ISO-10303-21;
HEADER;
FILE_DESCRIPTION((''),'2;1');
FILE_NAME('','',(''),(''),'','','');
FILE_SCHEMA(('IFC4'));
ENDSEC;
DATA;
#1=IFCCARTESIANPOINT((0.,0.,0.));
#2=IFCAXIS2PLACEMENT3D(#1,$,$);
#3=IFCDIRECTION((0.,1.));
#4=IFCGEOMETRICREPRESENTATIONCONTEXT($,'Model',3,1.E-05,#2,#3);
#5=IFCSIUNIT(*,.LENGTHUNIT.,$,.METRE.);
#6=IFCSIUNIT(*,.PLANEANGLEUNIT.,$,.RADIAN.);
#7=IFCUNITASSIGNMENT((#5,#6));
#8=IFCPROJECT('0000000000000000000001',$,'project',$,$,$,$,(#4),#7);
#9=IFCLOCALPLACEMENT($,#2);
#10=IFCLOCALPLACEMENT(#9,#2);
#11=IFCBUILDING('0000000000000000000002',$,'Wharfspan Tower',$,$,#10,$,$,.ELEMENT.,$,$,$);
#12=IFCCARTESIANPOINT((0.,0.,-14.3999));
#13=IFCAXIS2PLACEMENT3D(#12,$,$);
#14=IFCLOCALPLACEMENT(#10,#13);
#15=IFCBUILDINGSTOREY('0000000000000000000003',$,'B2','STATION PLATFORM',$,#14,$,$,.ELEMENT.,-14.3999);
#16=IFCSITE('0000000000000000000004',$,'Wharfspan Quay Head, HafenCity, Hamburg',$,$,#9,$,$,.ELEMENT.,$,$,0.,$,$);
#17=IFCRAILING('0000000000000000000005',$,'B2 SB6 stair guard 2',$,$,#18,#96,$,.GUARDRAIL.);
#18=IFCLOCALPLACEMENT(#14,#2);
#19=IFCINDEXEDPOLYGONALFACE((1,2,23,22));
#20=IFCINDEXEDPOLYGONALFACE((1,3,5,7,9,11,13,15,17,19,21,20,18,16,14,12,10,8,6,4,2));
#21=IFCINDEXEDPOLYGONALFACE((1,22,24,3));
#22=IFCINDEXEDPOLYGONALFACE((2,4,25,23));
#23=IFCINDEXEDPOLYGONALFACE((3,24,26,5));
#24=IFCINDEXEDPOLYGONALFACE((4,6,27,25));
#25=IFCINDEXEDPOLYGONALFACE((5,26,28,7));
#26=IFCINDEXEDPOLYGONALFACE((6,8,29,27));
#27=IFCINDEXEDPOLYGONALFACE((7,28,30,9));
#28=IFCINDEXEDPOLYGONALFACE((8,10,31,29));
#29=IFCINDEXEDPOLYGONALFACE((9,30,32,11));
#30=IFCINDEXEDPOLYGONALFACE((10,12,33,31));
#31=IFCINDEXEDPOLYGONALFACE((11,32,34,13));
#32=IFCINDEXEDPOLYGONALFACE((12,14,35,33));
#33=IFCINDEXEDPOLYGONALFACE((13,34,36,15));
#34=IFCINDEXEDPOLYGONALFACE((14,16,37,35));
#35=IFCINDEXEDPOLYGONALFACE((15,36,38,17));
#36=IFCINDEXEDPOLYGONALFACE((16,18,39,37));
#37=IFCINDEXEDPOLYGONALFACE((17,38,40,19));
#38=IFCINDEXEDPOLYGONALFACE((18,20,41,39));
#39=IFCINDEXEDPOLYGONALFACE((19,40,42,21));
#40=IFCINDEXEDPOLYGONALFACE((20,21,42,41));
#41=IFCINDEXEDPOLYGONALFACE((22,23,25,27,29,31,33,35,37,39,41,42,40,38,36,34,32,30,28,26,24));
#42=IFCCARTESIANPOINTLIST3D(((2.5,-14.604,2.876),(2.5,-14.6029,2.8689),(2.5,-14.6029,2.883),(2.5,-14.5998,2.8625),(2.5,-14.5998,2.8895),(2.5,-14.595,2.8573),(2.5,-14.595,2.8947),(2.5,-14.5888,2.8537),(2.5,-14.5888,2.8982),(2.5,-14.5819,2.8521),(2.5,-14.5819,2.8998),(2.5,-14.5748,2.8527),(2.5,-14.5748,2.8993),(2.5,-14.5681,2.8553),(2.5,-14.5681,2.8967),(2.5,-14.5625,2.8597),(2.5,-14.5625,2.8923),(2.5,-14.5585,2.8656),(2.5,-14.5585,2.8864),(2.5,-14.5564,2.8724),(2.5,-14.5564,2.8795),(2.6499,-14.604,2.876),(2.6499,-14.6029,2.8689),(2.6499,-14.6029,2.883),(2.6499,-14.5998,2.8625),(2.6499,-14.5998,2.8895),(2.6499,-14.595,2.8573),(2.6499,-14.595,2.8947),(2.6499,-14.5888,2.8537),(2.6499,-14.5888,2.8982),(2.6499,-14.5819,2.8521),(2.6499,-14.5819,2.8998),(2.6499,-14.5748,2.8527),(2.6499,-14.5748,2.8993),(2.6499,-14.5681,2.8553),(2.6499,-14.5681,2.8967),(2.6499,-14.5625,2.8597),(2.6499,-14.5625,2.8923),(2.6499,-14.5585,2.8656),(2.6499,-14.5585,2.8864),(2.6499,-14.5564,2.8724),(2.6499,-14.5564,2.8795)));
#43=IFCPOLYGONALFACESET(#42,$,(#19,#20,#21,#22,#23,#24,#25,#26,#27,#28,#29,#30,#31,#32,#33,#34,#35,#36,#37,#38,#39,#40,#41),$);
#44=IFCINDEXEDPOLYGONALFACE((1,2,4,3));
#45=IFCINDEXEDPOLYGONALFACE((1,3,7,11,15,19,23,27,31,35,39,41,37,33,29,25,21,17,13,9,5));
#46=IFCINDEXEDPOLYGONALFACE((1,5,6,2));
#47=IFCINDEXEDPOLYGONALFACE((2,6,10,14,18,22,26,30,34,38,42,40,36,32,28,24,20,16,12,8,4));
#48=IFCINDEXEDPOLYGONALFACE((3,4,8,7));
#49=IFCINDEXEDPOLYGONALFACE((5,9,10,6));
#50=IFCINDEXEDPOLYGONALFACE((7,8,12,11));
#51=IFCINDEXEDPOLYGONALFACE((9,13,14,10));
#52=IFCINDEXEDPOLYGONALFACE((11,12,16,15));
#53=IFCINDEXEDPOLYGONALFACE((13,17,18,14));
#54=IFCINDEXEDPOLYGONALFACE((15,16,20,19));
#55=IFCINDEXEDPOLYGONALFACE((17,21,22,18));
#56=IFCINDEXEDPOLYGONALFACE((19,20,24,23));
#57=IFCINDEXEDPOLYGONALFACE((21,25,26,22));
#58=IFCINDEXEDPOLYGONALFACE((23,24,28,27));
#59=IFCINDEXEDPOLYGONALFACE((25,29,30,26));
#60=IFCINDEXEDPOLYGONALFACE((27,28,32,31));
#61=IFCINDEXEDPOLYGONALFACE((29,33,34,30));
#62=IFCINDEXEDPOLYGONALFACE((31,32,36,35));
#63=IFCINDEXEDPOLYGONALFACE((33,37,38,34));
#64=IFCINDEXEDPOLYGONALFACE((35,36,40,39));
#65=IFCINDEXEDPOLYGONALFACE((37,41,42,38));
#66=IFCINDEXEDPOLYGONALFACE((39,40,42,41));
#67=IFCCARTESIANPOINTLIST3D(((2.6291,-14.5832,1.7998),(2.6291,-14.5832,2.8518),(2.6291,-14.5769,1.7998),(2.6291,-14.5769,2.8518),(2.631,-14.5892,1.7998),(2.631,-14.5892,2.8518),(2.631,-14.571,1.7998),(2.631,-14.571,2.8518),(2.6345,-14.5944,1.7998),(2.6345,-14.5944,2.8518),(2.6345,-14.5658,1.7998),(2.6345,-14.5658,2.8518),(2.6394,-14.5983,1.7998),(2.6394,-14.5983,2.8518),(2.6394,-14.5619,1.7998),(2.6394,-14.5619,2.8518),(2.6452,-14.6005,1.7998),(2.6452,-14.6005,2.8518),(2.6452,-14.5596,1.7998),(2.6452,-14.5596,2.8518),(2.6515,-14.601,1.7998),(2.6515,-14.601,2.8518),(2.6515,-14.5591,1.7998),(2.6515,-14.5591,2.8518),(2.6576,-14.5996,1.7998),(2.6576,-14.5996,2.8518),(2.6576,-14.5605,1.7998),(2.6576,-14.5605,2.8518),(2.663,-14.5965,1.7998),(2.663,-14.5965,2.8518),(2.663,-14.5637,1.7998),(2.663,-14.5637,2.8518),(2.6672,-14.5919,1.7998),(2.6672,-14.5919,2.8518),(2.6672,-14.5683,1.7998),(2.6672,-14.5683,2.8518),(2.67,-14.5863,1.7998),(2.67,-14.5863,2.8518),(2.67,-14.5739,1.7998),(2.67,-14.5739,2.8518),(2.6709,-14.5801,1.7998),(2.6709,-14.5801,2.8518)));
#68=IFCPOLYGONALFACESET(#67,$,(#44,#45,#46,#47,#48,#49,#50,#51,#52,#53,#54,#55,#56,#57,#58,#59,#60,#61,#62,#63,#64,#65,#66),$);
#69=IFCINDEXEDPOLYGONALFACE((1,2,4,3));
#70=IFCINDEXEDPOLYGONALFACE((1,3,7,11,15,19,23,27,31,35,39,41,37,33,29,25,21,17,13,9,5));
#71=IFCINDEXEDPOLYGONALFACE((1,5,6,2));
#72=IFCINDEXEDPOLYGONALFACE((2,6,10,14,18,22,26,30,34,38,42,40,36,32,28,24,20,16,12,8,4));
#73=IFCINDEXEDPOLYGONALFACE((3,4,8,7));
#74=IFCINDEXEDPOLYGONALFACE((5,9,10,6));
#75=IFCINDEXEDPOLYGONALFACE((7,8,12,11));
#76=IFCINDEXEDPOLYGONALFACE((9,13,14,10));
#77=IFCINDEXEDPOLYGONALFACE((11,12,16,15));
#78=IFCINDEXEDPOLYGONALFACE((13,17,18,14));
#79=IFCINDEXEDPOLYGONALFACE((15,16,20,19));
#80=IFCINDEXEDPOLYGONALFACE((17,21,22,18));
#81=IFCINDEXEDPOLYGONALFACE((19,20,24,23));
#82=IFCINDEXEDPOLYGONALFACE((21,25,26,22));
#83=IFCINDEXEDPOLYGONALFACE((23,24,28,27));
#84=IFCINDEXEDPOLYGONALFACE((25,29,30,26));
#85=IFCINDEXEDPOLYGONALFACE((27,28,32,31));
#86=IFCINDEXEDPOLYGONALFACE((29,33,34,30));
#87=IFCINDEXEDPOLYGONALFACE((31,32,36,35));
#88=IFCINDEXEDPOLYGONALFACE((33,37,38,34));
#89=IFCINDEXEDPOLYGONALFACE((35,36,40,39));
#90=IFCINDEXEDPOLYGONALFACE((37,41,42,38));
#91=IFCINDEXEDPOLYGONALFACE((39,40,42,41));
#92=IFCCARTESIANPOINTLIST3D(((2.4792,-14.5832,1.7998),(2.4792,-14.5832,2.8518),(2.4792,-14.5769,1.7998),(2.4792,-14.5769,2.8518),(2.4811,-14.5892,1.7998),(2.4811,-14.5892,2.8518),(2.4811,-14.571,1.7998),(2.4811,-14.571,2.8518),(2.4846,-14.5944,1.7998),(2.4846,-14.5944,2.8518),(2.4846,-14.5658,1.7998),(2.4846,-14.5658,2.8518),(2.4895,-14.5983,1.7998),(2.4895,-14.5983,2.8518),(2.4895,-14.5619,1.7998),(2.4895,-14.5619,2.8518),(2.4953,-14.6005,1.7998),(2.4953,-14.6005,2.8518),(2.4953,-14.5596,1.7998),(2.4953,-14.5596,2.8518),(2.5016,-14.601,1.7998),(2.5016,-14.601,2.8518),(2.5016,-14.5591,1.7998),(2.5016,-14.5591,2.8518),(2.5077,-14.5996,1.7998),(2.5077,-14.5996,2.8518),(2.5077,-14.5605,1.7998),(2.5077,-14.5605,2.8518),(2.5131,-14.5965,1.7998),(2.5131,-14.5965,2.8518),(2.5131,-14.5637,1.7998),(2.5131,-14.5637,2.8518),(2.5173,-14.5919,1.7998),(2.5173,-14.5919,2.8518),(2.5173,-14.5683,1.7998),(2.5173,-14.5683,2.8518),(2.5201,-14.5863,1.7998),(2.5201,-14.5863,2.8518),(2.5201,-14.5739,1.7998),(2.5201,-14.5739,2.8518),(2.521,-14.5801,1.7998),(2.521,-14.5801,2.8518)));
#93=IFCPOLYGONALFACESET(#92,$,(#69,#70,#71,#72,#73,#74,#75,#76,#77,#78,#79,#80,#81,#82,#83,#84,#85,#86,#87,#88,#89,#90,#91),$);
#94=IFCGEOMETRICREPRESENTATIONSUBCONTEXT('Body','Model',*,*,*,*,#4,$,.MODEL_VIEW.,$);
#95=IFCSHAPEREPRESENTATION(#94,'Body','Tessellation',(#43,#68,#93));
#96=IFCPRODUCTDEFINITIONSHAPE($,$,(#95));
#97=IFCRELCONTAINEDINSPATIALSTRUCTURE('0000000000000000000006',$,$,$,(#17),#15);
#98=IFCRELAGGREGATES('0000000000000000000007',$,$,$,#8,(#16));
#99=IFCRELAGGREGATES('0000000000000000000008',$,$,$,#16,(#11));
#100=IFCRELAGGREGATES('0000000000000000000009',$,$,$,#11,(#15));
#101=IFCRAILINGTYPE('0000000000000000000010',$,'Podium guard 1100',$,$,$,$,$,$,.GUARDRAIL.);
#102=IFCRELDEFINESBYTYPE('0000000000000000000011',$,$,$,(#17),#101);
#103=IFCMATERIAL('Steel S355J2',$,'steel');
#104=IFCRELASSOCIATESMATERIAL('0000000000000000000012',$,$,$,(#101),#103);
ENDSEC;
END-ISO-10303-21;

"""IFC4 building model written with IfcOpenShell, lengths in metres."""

from ifc_helpers import new_model, si_unit, direction, frame, origin, origin_2d, place, context, subcontext, project, spatial, circle, extrude, material, type_object, element, save


model = new_model("IFC4")

# Units and contexts
model_context = context("Model", 3, precision=1e-05, world=origin(), true_north=direction((0.0, 1.0)))
body_context = subcontext(model_context, "Body", "Model", "MODEL_VIEW")
ifc_project = project(units=[si_unit("LENGTHUNIT", "METRE"), si_unit("PLANEANGLEUNIT", "RADIAN")], contexts=[model_context])

# Site, building, storey
site_placement = place(None, origin())
site = spatial("IfcSite", under=ifc_project, at=site_placement, Name="Wharfspan Quay Head, HafenCity, Hamburg", CompositionType="ELEMENT", RefElevation=0.0)
building_placement = place(site_placement, origin())
building = spatial("IfcBuilding", under=site, at=building_placement, Name="Wharfspan Tower", CompositionType="ELEMENT")
storey_placement = place(building_placement, frame((0.0, 0.0, -14.3999)))
storey = spatial("IfcBuildingStorey", under=building, at=storey_placement, Name="B2", Description="STATION PLATFORM", CompositionType="ELEMENT", Elevation=-14.3999)

# Railing
ifc_material_1 = material(Name="Steel S355J2", Category="steel")
railing_type_1 = type_object("IfcRailingType", Name="Podium guard 1100", PredefinedType="GUARDRAIL", material=ifc_material_1)
railing_1_placement = place(storey_placement, frame((2.6499, -14.5801, 1.7998)))
element("IfcRailing", 1, at=railing_1_placement, inside=storey, type_object=railing_type_1, Name="B2 SB6 stair guard 2", PredefinedType="GUARDRAIL", context=body_context, shape_type="SweptSolid", body=[
    extrude(circle(Radius=0.0239, at=origin_2d()), frame((0.0, 0.0, 1.0762), z_axis=(-1.0, 0.0, 0.0), x_axis=(0.0, -1.0, 0.0)), (0.0, 0.0, 1.0), 0.1499),
    extrude(circle(Radius=0.021, at=origin_2d()), origin(), (0.0, 0.0, 1.0), 1.052),
    extrude(circle(Radius=0.021, at=origin_2d()), frame((-0.1499, 0.0, 0.0)), (0.0, 0.0, 1.0), 1.052),
])

save(model, "model.ifc")
